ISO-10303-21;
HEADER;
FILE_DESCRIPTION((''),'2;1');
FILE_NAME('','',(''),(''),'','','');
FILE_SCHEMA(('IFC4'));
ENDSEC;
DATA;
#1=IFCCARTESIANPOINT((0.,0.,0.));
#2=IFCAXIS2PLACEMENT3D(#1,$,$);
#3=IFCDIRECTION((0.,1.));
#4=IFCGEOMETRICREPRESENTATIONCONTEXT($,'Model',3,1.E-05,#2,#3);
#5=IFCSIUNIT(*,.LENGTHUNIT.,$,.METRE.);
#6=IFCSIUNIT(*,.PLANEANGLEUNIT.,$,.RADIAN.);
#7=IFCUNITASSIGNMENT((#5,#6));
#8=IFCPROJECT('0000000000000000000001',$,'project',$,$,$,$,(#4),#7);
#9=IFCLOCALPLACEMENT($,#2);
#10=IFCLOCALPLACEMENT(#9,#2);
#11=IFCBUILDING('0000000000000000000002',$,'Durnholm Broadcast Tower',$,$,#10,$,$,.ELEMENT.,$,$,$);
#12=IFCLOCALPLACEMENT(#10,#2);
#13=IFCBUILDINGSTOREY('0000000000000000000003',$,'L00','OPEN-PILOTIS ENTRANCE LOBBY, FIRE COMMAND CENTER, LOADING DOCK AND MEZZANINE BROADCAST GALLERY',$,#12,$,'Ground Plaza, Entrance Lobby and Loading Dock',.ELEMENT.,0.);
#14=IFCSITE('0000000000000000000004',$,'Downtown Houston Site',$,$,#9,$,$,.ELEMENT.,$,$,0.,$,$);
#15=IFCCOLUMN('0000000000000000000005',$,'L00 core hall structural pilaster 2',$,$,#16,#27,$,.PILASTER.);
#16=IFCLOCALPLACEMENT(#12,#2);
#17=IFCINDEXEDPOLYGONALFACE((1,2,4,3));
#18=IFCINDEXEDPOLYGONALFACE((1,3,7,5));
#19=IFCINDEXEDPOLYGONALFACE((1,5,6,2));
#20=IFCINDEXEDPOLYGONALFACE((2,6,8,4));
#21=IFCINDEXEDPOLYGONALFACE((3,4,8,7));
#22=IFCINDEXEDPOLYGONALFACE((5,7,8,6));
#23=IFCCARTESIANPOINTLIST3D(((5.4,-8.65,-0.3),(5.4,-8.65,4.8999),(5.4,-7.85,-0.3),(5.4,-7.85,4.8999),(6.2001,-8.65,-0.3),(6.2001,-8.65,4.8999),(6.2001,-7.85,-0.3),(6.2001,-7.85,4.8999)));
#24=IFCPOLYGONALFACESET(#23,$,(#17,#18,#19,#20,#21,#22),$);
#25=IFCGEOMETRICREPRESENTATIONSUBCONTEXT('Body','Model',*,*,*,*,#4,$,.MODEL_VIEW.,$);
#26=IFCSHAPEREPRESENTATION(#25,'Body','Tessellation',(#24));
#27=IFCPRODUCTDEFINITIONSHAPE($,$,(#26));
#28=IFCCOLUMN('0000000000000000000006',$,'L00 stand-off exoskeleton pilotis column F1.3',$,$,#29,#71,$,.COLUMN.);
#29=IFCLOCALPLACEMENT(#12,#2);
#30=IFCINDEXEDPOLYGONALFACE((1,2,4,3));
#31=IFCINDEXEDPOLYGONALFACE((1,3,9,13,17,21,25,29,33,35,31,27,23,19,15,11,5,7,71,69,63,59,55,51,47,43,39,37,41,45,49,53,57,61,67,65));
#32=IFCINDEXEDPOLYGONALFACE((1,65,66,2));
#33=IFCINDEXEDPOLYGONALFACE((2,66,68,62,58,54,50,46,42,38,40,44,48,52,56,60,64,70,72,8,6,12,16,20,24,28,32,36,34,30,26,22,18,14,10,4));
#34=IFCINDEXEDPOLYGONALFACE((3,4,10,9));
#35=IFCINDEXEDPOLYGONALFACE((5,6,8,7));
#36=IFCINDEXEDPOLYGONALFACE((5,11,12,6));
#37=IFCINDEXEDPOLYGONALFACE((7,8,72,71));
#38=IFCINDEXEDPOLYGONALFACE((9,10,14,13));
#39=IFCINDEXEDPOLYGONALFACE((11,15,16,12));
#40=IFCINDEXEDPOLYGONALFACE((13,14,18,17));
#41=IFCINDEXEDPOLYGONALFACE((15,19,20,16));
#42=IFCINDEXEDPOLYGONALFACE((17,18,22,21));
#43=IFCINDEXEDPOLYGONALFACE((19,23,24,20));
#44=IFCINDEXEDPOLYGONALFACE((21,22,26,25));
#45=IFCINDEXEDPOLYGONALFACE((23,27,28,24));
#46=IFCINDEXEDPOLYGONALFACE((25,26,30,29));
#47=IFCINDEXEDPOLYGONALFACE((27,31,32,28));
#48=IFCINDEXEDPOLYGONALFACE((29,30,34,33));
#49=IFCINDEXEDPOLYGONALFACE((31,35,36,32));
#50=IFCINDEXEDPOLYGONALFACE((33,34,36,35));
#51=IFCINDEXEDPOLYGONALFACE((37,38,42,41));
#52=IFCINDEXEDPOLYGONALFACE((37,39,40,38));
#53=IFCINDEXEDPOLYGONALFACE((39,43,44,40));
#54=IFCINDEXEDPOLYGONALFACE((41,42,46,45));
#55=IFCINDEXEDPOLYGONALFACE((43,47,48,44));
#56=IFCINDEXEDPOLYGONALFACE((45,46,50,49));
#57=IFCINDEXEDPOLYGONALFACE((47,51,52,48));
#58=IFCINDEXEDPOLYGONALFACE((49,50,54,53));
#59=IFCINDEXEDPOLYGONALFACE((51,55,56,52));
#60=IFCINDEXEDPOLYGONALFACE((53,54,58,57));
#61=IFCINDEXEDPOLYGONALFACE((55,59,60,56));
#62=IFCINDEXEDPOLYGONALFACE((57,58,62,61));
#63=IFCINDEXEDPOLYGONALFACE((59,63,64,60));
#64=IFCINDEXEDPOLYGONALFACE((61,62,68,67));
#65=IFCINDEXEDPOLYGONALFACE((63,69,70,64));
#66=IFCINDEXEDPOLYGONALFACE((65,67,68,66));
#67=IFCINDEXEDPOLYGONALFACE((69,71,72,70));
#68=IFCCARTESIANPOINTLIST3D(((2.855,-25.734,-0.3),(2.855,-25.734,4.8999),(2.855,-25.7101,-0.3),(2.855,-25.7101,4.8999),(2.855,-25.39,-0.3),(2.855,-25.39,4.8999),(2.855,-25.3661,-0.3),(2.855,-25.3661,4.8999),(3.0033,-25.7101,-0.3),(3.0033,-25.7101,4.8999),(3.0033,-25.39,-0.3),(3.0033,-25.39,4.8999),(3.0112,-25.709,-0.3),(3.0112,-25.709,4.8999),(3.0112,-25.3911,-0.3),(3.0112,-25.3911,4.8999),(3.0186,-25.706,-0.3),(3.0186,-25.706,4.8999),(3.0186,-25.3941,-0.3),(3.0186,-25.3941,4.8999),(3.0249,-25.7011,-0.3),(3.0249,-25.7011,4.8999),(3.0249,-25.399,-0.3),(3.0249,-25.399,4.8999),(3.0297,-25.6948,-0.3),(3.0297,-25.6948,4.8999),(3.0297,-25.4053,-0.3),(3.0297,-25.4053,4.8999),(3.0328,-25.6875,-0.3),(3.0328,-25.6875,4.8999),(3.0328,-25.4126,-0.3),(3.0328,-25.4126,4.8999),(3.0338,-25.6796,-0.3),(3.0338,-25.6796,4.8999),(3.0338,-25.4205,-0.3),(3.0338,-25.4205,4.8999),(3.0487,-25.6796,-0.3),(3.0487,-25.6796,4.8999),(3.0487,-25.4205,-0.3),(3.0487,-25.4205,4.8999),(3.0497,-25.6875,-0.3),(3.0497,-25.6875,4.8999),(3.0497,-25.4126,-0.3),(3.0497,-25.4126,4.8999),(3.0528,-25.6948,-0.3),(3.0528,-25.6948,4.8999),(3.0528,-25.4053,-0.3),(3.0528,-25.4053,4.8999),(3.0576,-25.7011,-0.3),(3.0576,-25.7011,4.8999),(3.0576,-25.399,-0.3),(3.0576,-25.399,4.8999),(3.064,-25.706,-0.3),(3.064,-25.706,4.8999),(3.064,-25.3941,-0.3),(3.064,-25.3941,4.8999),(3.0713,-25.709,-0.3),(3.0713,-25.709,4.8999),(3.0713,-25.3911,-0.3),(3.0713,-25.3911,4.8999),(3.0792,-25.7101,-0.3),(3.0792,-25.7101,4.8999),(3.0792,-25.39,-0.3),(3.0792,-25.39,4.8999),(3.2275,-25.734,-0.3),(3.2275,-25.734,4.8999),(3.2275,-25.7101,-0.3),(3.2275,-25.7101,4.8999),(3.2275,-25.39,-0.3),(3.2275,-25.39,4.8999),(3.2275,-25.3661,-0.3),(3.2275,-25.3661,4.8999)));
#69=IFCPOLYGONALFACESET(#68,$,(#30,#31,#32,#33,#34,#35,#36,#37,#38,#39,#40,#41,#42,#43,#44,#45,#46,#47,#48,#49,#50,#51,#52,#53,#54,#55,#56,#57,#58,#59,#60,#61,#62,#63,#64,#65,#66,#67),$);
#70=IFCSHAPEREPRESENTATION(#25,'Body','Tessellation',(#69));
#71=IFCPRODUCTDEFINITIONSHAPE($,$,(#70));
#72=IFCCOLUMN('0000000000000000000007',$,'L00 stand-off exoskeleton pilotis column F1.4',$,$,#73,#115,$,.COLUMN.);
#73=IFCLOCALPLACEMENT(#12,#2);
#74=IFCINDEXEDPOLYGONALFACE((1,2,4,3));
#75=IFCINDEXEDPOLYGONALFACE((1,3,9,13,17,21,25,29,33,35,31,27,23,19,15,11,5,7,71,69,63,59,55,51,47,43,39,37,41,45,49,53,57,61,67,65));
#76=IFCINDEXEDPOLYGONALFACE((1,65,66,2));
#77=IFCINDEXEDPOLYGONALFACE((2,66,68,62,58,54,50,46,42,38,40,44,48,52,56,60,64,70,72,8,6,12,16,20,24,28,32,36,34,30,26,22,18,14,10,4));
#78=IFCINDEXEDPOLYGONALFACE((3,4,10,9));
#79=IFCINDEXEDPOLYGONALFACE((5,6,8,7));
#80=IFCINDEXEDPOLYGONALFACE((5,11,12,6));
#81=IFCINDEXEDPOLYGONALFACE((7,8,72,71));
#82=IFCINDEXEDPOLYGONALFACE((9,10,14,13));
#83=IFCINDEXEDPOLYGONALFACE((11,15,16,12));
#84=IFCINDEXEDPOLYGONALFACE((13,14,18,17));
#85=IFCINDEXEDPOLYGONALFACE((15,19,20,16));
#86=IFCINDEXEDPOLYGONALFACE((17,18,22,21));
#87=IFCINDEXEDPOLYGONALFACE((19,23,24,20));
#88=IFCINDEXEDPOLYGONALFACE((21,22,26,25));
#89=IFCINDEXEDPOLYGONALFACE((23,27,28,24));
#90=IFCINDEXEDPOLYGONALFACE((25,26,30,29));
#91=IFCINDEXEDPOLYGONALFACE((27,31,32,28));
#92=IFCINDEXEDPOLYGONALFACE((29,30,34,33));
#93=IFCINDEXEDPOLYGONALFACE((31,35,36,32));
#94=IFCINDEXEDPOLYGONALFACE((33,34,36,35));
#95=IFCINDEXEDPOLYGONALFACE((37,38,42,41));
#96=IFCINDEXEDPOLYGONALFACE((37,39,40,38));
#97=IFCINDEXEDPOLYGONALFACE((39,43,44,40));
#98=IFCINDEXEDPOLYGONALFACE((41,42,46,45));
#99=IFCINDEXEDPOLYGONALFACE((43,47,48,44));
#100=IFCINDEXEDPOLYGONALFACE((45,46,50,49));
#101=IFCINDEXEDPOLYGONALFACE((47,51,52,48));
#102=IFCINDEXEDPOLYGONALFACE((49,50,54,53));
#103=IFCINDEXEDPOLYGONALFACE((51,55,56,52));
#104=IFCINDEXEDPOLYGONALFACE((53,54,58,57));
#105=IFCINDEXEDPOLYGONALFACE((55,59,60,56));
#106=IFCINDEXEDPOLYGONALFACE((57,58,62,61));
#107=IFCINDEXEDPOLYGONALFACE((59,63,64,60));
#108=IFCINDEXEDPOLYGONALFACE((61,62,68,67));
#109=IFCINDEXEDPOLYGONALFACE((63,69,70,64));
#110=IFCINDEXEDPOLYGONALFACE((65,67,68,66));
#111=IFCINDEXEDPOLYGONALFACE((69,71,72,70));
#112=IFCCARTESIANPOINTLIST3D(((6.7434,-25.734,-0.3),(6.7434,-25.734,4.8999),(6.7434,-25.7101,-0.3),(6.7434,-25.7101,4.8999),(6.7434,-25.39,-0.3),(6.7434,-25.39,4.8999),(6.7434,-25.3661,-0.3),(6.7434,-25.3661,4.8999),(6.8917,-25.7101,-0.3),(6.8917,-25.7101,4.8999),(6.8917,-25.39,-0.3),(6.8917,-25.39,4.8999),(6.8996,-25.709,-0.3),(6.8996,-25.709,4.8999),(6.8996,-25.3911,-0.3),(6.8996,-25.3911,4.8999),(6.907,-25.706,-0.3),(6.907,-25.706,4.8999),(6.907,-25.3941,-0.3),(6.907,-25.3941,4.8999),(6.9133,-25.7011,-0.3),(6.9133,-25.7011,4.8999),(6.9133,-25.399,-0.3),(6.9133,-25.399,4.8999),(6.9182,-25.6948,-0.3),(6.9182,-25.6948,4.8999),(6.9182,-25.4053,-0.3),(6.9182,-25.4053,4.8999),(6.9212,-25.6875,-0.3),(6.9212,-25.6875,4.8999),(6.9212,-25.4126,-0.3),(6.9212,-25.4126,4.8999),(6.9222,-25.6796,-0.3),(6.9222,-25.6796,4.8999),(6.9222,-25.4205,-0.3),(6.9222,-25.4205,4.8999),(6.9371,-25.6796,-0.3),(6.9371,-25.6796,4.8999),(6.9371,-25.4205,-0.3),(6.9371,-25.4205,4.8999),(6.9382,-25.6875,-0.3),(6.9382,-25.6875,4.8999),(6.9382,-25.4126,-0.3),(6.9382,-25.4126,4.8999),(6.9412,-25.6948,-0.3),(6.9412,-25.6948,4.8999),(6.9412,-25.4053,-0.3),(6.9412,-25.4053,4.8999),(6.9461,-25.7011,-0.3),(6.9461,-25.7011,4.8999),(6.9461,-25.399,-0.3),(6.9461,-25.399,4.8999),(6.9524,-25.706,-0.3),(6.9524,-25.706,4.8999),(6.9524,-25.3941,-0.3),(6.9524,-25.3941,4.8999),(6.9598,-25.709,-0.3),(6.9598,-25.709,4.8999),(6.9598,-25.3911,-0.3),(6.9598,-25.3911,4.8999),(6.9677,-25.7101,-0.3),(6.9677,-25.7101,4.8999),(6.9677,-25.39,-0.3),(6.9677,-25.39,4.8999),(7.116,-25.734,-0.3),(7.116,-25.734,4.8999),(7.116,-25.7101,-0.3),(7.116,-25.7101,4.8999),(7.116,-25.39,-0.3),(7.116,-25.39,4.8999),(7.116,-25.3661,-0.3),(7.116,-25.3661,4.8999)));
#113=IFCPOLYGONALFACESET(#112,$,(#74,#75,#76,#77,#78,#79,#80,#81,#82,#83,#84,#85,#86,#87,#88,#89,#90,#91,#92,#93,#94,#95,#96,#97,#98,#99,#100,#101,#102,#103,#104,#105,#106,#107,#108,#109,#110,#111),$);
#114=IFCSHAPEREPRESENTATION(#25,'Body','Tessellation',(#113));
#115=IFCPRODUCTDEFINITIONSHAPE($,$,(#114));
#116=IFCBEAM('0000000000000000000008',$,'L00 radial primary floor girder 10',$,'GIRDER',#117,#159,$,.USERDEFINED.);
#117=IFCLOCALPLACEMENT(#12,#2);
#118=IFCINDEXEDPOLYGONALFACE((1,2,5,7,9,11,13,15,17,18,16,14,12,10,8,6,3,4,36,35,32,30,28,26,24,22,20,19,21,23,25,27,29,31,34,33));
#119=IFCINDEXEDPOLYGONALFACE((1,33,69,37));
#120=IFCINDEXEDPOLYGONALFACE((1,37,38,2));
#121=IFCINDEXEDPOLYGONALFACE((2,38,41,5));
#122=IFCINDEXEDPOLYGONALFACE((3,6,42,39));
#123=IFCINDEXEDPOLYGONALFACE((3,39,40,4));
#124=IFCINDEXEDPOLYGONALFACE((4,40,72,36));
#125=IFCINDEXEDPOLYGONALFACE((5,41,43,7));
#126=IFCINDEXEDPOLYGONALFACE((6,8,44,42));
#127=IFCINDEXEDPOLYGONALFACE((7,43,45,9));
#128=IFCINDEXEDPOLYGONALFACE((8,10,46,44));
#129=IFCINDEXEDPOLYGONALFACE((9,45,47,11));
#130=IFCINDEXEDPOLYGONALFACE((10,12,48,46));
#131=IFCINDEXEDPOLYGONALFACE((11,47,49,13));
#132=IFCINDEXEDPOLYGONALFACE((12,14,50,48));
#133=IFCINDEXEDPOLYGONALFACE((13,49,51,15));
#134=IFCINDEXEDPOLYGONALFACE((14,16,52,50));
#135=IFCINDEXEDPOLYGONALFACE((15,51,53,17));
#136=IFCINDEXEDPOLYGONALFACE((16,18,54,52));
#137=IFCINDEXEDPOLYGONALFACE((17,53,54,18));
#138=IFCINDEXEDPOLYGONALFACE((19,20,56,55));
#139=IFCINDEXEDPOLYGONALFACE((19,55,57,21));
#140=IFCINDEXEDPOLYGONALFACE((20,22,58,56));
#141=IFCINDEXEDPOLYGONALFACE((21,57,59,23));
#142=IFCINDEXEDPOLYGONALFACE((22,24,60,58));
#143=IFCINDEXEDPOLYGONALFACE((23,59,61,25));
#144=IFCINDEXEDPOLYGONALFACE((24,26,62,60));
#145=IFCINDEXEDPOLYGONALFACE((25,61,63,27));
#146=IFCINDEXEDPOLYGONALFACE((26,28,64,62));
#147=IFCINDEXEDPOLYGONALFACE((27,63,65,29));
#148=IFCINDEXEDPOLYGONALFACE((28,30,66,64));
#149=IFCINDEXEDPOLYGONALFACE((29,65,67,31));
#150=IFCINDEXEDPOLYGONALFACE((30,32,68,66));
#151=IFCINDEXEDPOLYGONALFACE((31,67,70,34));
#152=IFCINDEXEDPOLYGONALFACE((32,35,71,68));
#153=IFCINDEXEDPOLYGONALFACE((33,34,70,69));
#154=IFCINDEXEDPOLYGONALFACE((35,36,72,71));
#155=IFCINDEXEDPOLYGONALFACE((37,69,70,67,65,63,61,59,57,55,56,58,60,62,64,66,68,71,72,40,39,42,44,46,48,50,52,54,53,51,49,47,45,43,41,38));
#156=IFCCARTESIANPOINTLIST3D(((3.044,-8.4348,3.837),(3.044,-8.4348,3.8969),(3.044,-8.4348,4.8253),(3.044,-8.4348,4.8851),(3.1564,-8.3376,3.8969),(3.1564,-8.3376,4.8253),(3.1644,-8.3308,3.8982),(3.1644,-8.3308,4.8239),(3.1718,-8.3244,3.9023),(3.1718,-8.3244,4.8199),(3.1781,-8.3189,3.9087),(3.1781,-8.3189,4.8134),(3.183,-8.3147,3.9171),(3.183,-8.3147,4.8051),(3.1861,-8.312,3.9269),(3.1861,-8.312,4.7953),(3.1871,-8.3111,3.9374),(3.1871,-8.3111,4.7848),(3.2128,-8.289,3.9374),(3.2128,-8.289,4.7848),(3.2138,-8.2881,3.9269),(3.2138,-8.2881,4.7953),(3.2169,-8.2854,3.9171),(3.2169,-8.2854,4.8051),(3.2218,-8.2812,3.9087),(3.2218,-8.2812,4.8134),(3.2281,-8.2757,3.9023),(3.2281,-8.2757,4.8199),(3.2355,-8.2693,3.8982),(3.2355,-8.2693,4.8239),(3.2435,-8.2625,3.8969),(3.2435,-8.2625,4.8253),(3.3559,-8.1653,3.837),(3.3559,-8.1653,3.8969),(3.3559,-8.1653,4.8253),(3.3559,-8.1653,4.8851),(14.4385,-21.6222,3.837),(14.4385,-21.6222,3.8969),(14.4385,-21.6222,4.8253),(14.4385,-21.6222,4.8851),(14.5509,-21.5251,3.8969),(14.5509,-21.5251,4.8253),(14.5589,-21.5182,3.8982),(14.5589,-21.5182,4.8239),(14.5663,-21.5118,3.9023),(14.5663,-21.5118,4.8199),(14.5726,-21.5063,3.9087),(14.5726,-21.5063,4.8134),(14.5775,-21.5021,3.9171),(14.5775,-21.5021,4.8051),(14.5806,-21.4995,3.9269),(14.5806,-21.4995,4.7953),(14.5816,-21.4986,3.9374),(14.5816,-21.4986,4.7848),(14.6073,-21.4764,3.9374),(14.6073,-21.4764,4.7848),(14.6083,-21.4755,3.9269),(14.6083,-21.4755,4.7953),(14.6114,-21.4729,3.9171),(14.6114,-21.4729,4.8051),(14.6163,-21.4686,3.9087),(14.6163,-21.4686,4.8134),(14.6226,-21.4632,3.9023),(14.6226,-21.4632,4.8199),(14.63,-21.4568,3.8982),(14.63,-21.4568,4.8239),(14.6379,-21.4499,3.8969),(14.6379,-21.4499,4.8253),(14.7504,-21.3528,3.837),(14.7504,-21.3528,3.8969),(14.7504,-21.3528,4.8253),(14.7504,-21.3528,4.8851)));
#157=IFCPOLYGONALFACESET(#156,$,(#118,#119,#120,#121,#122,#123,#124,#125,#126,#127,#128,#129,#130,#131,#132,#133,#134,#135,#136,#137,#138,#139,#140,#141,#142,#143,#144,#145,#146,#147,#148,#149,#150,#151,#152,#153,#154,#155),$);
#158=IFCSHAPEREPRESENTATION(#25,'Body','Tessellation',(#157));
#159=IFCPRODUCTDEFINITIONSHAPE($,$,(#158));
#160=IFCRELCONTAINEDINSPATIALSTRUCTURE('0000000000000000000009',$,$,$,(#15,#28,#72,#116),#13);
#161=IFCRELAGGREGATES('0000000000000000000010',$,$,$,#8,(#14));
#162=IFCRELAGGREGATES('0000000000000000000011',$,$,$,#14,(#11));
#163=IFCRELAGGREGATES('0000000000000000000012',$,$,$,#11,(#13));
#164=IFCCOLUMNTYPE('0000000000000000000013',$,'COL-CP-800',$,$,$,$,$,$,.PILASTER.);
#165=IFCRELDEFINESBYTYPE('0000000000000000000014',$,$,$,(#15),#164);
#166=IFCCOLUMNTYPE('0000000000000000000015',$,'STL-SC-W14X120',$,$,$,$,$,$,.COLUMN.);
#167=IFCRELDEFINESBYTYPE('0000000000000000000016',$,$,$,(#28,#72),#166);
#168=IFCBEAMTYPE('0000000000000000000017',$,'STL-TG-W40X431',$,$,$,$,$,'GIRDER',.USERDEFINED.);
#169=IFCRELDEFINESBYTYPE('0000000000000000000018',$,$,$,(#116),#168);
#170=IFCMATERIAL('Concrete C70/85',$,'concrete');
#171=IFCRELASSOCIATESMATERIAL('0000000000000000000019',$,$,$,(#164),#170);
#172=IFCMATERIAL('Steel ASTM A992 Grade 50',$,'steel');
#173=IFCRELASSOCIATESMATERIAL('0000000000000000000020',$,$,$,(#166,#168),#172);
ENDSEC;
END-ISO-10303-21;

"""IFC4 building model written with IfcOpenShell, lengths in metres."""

from ifc_helpers import new_model, si_unit, direction, frame, origin, origin_2d, place, context, subcontext, project, spatial, rectangle, i_section, extrude, source, transform, mapped, material, material_profile, profile_set, type_object, type_shapes, element, save


model = new_model("IFC4")

# Units and contexts
model_context = context("Model", 3, precision=1e-05, world=origin(), true_north=direction((0.0, 1.0)))
body_context = subcontext(model_context, "Body", "Model", "MODEL_VIEW")
ifc_project = project(units=[si_unit("LENGTHUNIT", "METRE"), si_unit("PLANEANGLEUNIT", "RADIAN")], contexts=[model_context])

# Site, building, storey
site_placement = place(None, origin())
site = spatial("IfcSite", under=ifc_project, at=site_placement, Name="Downtown Houston Site", CompositionType="ELEMENT", RefElevation=0.0)
building_placement = place(site_placement, origin())
building = spatial("IfcBuilding", under=site, at=building_placement, Name="Durnholm Broadcast Tower", CompositionType="ELEMENT")
storey_placement = place(building_placement, origin())
storey = spatial("IfcBuildingStorey", under=building, at=storey_placement, Name="L00", Description="OPEN-PILOTIS ENTRANCE LOBBY, FIRE COMMAND CENTER, LOADING DOCK AND MEZZANINE BROADCAST GALLERY", LongName="Ground Plaza, Entrance Lobby and Loading Dock", CompositionType="ELEMENT", Elevation=0.0)

# Columns
ifc_material_1 = material(Name="Concrete C70/85", Category="concrete")
ifc_material_profile_1 = material_profile(ifc_material_1, rectangle(XDim=0.8, YDim=0.8, at=origin_2d()), Name="RC800X800")
ifc_profile_set_1 = profile_set([ifc_material_profile_1], Name="Concrete C70/85")
column_type_1 = type_object("IfcColumnType", Name="COL-CP-800", PredefinedType="PILASTER", material=ifc_profile_set_1)
shared_shape_1 = source(origin(), body_context, "Body", "SweptSolid", [
    extrude(rectangle(XDim=0.8, YDim=0.8, at=origin_2d()), origin(), (0.0, 0.0, 1.0), 5.2),
])
type_shapes(column_type_1, [shared_shape_1])
column_placement = place(storey_placement, frame((5.8, -8.25, -0.3), z_axis=(0.0, 0.0, 1.0), x_axis=(1.0, 0.0, 0.0)))
element("IfcColumn", 1, at=column_placement, inside=storey, type_object=column_type_1, Name="L00 core hall structural pilaster 2", PredefinedType="PILASTER", context=body_context, shape_type="MappedRepresentation", body=[
    mapped(shared_shape_1, transform((0.0, 0.0, 0.0), x_axis=(1.0, 0.0, 0.0), y_axis=(0.0, 1.0, 0.0), z_axis=(0.0, 0.0, 1.0), scale=1.0)),
])
ifc_material_2 = material(Name="Steel ASTM A992 Grade 50", Category="steel")
ifc_material_profile_2 = material_profile(ifc_material_2, i_section(OverallWidth=0.3726, OverallDepth=0.3679, WebThickness=0.0149, FlangeThickness=0.0239, FilletRadius=0.0305, at=origin_2d()), Name="W14X120")
ifc_profile_set_2 = profile_set([ifc_material_profile_2], Name="Steel ASTM A992 Grade 50")
column_type_2 = type_object("IfcColumnType", Name="STL-SC-W14X120", PredefinedType="COLUMN", material=ifc_profile_set_2)
shared_shape_2 = source(origin(), body_context, "Body", "SweptSolid", [
    extrude(i_section(OverallWidth=0.3726, OverallDepth=0.3679, WebThickness=0.0149, FlangeThickness=0.0239, FilletRadius=0.0305, at=origin_2d()), origin(), (0.0, 0.0, 1.0), 5.2),
])
type_shapes(column_type_2, [shared_shape_2])
for number, where, z_axis, x_axis, name in (
    (2, (3.0413, -25.55, -0.3), (0.0, 0.0, 1.0), (1.0, 0.0, 0.0), "L00 stand-off exoskeleton pilotis column F1.3"),
    (3, (6.9297, -25.55, -0.3), (0.0, 0.0, 1.0), (1.0, 0.0, 0.0), "L00 stand-off exoskeleton pilotis column F1.4"),
):
    element("IfcColumn", number, at=place(storey_placement, frame(where, z_axis=z_axis, x_axis=x_axis)), inside=storey, type_object=column_type_2, Name=name, PredefinedType="COLUMN", context=body_context, shape_type="MappedRepresentation", body=[
        mapped(shared_shape_2, transform((0.0, 0.0, 0.0), x_axis=(1.0, 0.0, 0.0), y_axis=(0.0, 1.0, 0.0), z_axis=(0.0, 0.0, 1.0), scale=1.0)),
    ])

# Beam
ifc_material_profile_3 = material_profile(ifc_material_2, i_section(OverallWidth=0.4121, OverallDepth=1.0481, WebThickness=0.0339, FlangeThickness=0.0598, FilletRadius=0.0405, at=origin_2d()), Name="W40X431")
ifc_profile_set_3 = profile_set([ifc_material_profile_3], Name="Steel ASTM A992 Grade 50")
beam_type = type_object("IfcBeamType", Name="STL-TG-W40X431", ElementType="GIRDER", PredefinedType="USERDEFINED", material=ifc_profile_set_3)
shared_shape_3 = source(origin(), body_context, "Body", "SweptSolid", [
    extrude(i_section(OverallWidth=0.4121, OverallDepth=1.0481, WebThickness=0.0339, FlangeThickness=0.0598, FilletRadius=0.0405, at=origin_2d()), origin(), (0.0, 0.0, 1.0), 17.4282),
])
beam_1_placement = place(storey_placement, frame((3.2, -8.3, 4.3611), z_axis=(0.653795, -0.756672, 0.0), x_axis=(0.756672, 0.653795, 0.0)))
element("IfcBeam", 4, at=beam_1_placement, inside=storey, type_object=beam_type, Name="L00 radial primary floor girder 10", ObjectType="GIRDER", PredefinedType="USERDEFINED", context=body_context, shape_type="MappedRepresentation", body=[
    mapped(shared_shape_3, transform((0.0, 0.0, 0.0), x_axis=(1.0, 0.0, 0.0), y_axis=(0.0, 1.0, 0.0), z_axis=(0.0, 0.0, 1.0), scale=1.0)),
])

save(model, "model.ifc")
